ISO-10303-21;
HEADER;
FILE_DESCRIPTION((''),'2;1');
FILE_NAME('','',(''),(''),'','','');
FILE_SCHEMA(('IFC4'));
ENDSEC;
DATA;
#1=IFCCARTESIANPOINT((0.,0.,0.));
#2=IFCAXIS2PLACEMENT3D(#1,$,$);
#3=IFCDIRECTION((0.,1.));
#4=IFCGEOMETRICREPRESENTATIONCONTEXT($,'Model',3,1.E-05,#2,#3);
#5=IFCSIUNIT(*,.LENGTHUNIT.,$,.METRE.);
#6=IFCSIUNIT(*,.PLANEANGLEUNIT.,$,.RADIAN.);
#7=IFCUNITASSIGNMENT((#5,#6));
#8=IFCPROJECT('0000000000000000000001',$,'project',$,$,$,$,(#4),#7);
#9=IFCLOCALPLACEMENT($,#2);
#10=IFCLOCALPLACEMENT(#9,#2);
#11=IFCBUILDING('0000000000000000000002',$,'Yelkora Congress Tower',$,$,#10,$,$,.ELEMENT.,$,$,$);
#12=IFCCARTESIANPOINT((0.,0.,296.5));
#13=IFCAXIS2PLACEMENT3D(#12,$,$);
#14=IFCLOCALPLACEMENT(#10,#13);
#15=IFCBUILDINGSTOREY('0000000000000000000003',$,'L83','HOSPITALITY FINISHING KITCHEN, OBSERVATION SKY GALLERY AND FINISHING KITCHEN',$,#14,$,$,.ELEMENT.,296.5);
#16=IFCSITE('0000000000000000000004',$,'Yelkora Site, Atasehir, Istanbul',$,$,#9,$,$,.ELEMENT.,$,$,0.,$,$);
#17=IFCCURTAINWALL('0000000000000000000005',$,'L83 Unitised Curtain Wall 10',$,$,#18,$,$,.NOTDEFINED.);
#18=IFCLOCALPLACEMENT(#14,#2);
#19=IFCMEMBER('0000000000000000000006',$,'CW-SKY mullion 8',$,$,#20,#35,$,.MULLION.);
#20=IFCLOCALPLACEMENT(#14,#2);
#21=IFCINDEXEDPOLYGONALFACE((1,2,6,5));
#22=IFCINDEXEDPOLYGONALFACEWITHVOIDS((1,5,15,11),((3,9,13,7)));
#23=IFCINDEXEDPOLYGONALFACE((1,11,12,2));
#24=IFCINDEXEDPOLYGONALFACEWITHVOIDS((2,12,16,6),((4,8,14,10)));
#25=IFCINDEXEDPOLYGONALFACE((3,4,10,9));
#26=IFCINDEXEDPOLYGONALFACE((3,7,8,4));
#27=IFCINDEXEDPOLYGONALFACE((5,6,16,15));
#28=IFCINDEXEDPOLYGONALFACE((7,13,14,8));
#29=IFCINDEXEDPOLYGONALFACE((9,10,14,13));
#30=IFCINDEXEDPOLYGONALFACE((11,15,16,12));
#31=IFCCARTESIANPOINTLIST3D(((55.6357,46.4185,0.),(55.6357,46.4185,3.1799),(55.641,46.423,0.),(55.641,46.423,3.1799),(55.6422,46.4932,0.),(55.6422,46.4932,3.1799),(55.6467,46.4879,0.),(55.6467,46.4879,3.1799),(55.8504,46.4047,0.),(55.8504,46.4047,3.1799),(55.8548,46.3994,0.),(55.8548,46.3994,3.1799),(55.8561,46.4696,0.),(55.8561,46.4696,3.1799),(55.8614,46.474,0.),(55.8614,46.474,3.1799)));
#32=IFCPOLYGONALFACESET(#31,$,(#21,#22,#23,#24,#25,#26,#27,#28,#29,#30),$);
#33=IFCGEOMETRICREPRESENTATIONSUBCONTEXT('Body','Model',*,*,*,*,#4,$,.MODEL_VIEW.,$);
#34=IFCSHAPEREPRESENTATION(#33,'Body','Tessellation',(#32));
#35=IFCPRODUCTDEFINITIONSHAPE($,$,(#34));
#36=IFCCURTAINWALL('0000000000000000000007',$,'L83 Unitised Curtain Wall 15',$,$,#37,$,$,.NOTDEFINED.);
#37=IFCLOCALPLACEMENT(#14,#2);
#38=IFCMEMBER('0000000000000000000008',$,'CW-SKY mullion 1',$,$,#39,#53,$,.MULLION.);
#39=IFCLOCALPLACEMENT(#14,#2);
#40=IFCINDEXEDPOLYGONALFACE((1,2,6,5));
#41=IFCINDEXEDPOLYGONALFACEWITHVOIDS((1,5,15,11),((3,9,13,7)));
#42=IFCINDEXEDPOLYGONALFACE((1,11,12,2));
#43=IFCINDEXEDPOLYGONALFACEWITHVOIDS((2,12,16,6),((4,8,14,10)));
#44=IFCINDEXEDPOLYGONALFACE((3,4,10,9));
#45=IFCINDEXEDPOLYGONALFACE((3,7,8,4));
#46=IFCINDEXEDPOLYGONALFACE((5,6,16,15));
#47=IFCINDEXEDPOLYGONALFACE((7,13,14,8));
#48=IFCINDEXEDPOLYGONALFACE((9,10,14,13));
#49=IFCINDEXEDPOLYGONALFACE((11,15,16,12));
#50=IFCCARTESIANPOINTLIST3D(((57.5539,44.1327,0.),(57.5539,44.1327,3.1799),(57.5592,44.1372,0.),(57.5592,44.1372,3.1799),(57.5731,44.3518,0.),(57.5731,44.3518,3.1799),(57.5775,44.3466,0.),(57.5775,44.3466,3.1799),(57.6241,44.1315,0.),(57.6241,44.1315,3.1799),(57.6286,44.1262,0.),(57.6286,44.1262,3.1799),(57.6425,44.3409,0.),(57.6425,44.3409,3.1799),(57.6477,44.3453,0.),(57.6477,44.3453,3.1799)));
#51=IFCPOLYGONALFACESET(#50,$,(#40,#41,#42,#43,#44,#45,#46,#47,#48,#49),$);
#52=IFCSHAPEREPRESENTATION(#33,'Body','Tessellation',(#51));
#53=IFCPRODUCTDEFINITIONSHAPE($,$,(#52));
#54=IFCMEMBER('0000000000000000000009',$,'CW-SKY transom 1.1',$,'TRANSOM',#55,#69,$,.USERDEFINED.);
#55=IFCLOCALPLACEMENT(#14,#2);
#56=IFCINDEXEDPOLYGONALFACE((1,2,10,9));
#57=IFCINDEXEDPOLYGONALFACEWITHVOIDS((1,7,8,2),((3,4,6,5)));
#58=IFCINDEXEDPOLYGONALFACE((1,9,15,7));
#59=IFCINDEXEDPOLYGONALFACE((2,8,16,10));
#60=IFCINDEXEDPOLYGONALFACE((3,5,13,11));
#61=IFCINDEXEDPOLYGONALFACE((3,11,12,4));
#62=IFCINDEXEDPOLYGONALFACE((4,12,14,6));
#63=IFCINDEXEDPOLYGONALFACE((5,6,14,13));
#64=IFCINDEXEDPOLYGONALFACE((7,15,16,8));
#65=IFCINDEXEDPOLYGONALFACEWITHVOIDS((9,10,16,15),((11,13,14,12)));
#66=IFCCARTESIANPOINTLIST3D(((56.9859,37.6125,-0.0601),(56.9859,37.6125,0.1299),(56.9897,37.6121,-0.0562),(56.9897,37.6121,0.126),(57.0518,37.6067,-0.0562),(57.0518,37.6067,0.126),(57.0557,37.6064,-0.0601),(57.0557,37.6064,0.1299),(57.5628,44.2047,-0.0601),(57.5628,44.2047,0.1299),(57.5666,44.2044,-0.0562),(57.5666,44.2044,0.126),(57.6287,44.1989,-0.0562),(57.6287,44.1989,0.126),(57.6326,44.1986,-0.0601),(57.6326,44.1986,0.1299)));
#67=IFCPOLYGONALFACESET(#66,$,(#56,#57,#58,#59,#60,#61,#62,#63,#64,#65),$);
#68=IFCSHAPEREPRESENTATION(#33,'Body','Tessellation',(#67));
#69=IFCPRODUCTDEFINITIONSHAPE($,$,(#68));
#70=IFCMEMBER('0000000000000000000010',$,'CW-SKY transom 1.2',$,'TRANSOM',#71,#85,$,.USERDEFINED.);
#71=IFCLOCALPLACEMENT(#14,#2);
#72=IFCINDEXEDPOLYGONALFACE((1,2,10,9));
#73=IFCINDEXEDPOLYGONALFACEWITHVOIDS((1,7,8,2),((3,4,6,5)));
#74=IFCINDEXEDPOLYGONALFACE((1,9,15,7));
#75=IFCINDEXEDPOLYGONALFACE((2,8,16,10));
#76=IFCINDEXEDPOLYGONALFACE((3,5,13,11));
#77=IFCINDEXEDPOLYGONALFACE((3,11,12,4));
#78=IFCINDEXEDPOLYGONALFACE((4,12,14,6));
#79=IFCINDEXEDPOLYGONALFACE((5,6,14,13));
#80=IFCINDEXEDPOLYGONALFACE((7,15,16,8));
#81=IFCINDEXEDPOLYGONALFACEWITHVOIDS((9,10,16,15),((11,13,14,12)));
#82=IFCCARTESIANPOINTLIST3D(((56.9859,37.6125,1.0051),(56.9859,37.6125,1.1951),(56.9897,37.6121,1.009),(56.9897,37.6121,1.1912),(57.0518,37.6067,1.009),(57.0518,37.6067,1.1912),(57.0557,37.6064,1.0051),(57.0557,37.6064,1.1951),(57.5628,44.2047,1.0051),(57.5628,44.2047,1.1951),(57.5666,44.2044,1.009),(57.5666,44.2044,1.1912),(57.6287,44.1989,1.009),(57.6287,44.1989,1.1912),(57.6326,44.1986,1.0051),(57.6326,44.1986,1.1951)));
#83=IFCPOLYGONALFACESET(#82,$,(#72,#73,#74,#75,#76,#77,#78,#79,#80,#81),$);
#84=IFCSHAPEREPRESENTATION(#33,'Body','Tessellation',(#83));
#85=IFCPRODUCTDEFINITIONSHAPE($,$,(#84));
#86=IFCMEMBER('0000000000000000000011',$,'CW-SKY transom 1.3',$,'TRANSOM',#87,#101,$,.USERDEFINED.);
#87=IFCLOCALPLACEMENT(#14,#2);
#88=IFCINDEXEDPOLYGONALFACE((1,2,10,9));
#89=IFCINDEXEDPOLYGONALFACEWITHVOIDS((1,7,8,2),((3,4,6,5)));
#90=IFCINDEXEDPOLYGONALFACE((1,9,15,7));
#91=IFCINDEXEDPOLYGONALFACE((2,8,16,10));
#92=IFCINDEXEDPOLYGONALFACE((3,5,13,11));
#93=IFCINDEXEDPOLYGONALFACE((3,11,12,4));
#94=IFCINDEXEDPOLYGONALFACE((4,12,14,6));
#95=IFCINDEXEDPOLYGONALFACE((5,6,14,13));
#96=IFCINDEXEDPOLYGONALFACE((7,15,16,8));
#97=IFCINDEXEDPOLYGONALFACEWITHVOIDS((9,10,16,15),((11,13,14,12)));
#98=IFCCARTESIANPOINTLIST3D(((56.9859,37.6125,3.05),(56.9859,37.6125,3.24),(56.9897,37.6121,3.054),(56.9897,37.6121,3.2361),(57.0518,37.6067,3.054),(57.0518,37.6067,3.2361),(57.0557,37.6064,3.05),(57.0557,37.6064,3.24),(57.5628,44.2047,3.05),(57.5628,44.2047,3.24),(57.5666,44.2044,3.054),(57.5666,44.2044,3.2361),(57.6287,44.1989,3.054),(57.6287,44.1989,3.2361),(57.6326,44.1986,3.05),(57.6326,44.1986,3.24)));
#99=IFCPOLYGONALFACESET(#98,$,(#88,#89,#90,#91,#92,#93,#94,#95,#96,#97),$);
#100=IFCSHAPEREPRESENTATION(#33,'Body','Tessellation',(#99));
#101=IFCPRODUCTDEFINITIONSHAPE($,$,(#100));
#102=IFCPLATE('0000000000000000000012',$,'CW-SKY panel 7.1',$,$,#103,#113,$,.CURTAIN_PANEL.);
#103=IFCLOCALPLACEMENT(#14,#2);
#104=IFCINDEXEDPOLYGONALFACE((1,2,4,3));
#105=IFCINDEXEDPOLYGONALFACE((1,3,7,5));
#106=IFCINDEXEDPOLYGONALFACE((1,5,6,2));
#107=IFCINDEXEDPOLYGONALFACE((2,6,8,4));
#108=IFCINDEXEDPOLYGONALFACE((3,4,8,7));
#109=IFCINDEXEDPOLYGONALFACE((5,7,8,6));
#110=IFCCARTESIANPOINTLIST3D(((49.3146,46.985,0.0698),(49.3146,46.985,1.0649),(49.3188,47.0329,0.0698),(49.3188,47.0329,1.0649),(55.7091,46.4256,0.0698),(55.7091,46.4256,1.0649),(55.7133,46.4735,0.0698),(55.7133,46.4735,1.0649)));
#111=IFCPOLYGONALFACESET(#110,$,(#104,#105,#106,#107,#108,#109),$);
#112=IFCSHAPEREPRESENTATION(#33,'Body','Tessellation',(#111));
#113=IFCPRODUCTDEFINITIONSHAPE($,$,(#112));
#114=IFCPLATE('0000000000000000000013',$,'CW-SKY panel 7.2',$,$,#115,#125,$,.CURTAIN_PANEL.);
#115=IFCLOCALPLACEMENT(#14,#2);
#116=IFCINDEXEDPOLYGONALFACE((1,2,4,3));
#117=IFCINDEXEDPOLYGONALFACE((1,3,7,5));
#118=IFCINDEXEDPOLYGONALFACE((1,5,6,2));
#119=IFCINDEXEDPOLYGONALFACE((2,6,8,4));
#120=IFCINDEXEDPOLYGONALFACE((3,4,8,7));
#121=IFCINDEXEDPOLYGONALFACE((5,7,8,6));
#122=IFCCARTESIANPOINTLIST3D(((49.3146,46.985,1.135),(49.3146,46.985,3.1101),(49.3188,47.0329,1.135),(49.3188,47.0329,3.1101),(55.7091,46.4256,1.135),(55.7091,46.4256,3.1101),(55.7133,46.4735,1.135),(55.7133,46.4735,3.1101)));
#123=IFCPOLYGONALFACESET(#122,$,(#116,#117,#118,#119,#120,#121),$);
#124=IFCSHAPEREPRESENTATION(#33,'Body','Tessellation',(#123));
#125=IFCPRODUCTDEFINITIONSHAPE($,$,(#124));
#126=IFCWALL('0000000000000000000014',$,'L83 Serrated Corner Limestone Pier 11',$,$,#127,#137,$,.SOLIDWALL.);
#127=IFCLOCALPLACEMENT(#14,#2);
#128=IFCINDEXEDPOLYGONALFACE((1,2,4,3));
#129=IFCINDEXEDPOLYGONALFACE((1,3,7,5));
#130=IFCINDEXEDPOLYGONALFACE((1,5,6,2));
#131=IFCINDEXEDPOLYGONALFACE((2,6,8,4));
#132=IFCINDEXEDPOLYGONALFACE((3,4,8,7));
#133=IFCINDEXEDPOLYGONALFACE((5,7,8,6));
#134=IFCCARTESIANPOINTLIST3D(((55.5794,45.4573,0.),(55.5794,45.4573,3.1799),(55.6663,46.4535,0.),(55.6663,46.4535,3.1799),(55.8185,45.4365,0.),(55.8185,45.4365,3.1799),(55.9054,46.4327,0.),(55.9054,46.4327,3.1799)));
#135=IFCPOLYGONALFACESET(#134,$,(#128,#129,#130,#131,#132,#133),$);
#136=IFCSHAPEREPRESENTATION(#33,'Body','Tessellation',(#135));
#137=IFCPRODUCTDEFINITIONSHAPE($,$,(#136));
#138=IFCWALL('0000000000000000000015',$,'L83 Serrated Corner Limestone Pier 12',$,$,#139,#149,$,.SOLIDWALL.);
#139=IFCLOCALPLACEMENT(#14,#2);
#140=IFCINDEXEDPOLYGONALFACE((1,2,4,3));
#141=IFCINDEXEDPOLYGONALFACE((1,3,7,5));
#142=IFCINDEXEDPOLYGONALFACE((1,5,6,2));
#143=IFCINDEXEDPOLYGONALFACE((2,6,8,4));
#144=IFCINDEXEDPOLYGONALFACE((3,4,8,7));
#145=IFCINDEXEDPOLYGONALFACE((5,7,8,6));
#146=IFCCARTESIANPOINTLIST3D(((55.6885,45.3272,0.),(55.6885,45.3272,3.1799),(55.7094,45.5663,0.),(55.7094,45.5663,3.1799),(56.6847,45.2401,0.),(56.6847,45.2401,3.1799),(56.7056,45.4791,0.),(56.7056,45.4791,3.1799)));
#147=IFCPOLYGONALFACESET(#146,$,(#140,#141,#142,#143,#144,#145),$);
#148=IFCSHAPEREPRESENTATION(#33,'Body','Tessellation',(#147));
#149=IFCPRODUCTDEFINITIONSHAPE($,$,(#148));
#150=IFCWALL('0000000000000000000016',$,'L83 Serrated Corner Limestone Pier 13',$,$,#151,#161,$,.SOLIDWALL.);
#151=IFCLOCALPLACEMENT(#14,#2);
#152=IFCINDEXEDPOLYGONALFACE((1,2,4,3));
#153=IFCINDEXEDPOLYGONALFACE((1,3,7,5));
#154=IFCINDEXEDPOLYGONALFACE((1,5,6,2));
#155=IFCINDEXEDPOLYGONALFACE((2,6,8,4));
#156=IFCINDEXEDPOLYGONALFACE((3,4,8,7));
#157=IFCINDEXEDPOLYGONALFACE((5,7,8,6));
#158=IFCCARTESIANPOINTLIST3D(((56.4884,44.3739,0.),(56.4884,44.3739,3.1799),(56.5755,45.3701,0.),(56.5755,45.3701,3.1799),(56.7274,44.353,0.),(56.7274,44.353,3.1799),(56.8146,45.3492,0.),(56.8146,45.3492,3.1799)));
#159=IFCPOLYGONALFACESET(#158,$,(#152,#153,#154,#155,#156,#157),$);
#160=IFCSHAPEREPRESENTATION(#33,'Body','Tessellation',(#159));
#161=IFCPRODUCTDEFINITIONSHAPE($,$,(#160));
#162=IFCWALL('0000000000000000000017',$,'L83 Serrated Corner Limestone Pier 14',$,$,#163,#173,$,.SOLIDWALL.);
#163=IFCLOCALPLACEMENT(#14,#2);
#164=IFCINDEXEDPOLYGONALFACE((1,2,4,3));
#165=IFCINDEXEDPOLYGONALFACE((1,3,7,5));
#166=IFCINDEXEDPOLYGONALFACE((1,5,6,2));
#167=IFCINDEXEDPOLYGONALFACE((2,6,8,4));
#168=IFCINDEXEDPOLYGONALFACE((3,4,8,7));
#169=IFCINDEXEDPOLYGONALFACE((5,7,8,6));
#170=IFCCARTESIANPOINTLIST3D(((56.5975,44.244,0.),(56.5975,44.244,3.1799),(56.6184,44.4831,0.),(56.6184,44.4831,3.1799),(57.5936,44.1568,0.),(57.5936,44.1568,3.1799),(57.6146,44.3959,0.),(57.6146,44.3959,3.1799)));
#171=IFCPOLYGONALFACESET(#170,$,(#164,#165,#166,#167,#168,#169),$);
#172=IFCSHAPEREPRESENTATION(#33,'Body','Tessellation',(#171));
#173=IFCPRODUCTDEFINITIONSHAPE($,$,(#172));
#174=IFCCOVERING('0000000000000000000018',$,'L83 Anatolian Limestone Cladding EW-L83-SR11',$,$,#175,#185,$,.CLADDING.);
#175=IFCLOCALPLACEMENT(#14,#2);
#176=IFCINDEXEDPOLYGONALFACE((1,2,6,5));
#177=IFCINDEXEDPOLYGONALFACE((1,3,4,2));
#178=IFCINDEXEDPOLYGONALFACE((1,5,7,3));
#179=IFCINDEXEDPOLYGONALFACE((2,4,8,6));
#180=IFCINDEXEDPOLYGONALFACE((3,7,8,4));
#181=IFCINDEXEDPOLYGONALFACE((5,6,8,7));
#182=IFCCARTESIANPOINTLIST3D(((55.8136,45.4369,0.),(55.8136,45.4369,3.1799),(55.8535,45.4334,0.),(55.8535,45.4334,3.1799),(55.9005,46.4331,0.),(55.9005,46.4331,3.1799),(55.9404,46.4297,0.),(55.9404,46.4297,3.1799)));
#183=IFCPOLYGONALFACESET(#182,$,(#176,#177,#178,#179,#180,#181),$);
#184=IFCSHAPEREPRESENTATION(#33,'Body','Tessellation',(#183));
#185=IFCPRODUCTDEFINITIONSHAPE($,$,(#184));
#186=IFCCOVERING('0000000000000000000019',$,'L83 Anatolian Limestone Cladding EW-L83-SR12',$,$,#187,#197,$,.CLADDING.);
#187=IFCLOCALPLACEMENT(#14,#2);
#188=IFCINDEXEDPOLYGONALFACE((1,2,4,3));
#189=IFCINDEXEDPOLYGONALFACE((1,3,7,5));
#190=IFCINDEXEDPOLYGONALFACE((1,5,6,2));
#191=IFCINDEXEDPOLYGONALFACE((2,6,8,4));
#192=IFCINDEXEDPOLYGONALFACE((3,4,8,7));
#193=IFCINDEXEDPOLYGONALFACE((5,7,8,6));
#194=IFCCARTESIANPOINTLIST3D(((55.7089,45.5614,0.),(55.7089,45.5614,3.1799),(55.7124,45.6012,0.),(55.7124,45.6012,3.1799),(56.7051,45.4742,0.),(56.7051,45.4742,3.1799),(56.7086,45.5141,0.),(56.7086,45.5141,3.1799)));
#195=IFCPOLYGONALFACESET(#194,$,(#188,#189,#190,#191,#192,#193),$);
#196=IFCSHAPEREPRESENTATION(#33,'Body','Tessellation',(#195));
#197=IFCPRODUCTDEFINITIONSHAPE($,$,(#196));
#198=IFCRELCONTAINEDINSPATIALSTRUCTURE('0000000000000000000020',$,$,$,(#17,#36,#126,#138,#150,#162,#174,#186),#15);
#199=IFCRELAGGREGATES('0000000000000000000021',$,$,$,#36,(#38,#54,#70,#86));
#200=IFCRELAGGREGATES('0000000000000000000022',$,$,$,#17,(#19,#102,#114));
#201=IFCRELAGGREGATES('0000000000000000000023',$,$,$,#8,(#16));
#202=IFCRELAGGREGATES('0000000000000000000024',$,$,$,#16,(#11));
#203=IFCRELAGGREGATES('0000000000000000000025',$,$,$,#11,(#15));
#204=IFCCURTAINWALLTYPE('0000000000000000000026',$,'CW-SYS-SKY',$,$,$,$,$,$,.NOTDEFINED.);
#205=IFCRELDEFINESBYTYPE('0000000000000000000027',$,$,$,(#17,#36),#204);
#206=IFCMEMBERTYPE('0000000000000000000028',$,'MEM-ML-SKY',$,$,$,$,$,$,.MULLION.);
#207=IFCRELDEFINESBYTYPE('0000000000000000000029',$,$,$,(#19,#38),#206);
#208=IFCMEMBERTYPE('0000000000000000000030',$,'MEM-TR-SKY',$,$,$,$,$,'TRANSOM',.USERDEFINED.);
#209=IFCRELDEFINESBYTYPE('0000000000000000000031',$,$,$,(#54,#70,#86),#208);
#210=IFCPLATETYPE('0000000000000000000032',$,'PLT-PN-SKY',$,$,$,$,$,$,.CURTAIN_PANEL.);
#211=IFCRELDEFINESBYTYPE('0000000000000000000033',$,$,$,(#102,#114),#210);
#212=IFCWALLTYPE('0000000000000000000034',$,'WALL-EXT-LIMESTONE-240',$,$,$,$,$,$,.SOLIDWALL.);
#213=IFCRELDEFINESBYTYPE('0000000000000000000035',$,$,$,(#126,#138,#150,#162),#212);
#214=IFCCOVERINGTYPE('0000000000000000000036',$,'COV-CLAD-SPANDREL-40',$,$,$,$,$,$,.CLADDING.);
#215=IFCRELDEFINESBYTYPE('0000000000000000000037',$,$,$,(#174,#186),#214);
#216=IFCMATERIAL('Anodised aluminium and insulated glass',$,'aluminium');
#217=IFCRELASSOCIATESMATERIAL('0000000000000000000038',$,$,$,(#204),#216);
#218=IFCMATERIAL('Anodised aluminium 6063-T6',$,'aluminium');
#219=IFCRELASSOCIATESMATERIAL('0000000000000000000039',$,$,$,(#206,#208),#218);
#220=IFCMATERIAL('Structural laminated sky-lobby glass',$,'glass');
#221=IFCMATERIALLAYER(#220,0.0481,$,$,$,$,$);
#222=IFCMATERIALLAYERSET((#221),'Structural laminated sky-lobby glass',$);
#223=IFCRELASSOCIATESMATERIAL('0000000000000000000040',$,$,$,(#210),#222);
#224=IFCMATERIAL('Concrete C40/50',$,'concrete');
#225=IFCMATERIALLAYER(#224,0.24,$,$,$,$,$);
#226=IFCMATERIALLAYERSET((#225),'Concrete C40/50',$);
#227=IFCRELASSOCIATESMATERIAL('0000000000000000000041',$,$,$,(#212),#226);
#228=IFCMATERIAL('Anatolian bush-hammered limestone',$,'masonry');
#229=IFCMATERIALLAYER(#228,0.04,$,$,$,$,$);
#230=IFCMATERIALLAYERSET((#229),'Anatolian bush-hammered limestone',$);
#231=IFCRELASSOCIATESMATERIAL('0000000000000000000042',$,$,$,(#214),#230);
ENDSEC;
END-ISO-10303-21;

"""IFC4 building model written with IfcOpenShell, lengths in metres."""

from ifc_helpers import new_model, si_unit, direction, frame, frame_2d, origin, origin_2d, place, context, subcontext, project, spatial, rectangle, hollow_rectangle, extrude, material, layer, layer_set, material_profile, profile_set, type_object, element, aggregate, save


model = new_model("IFC4")

# Units and contexts
model_context = context("Model", 3, precision=1e-05, world=origin(), true_north=direction((0.0, 1.0)))
body_context = subcontext(model_context, "Body", "Model", "MODEL_VIEW")
ifc_project = project(units=[si_unit("LENGTHUNIT", "METRE"), si_unit("PLANEANGLEUNIT", "RADIAN")], contexts=[model_context])

# Site, building, storey
site_placement = place(None, origin())
site = spatial("IfcSite", under=ifc_project, at=site_placement, Name="Yelkora Site, Atasehir, Istanbul", CompositionType="ELEMENT", RefElevation=0.0)
building_placement = place(site_placement, origin())
building = spatial("IfcBuilding", under=site, at=building_placement, Name="Yelkora Congress Tower", CompositionType="ELEMENT")
storey_placement = place(building_placement, frame((0.0, 0.0, 296.5)))
storey = spatial("IfcBuildingStorey", under=building, at=storey_placement, Name="L83", Description="HOSPITALITY FINISHING KITCHEN, OBSERVATION SKY GALLERY AND FINISHING KITCHEN", CompositionType="ELEMENT", Elevation=296.5)

# Curtain wall, member
ifc_material_1 = material(Name="Anodised aluminium and insulated glass", Category="aluminium")
curtain_wall_type = type_object("IfcCurtainWallType", Name="CW-SYS-SKY", PredefinedType="NOTDEFINED", material=ifc_material_1)
curtain_wall_1_placement = place(storey_placement, origin())
curtain_wall_1 = element("IfcCurtainWall", 1, at=curtain_wall_1_placement, inside=storey, type_object=curtain_wall_type, Name="L83 Unitised Curtain Wall 10", PredefinedType="NOTDEFINED")
ifc_material_2 = material(Name="Anodised aluminium 6063-T6", Category="aluminium")
ifc_material_profile_1 = material_profile(ifc_material_2, hollow_rectangle(XDim=0.075, YDim=0.22, WallThickness=0.0049, at=origin_2d()), Name="ALU 75x220x5")
ifc_profile_set_1 = profile_set([ifc_material_profile_1], Name="Anodised aluminium 6063-T6")
member_type_1 = type_object("IfcMemberType", Name="MEM-ML-SKY", PredefinedType="MULLION", material=ifc_profile_set_1)
member_1_placement = place(storey_placement, frame((55.7485, 46.4463, 0.0), z_axis=(0.0, 0.0, 1.0), x_axis=(0.087157, 0.996195, 0.0)))
member_1 = element("IfcMember", 2, at=member_1_placement, type_object=member_type_1, Name="CW-SKY mullion 8", PredefinedType="MULLION", context=body_context, shape_type="SweptSolid", body=[
    extrude(hollow_rectangle(XDim=0.075, YDim=0.22, WallThickness=0.0049, at=origin_2d()), origin(), (0.0, 0.0, 1.0), 3.1799),
])

# Curtain wall, members
curtain_wall_2_placement = place(storey_placement, origin())
curtain_wall_2 = element("IfcCurtainWall", 3, at=curtain_wall_2_placement, inside=storey, type_object=curtain_wall_type, Name="L83 Unitised Curtain Wall 15", PredefinedType="NOTDEFINED")
member_2_placement = place(storey_placement, frame((57.6008, 44.239, 0.0), z_axis=(0.0, 0.0, 1.0), x_axis=(0.996194, -0.087158, 0.0)))
member_2 = element("IfcMember", 4, at=member_2_placement, type_object=member_type_1, Name="CW-SKY mullion 1", PredefinedType="MULLION", context=body_context, shape_type="SweptSolid", body=[
    extrude(hollow_rectangle(XDim=0.075, YDim=0.22, WallThickness=0.0049, at=origin_2d()), origin(), (0.0, 0.0, 1.0), 3.1799),
])
ifc_material_profile_2 = material_profile(ifc_material_2, hollow_rectangle(XDim=0.0701, YDim=0.1899, WallThickness=0.0039, at=origin_2d()), Name="ALU 70x190x4")
ifc_profile_set_2 = profile_set([ifc_material_profile_2], Name="Anodised aluminium 6063-T6")
member_type_2 = type_object("IfcMemberType", Name="MEM-TR-SKY", ElementType="TRANSOM", PredefinedType="USERDEFINED", material=ifc_profile_set_2)
member_3_placement = place(storey_placement, frame((57.5977, 44.2017, 0.0349), z_axis=(-0.087179, -0.996193, 0.0), x_axis=(0.996193, -0.087179, 0.0)))
member_3 = element("IfcMember", 5, at=member_3_placement, type_object=member_type_2, Name="CW-SKY transom 1.1", ObjectType="TRANSOM", PredefinedType="USERDEFINED", context=body_context, shape_type="SweptSolid", body=[
    extrude(hollow_rectangle(XDim=0.0701, YDim=0.1899, WallThickness=0.0039, at=origin_2d()), origin(), (0.0, 0.0, 1.0), 6.6174),
])
member_4_placement = place(storey_placement, frame((57.5977, 44.2017, 1.1001), z_axis=(-0.087179, -0.996193, 0.0), x_axis=(0.996193, -0.087179, 0.0)))
member_4 = element("IfcMember", 6, at=member_4_placement, type_object=member_type_2, Name="CW-SKY transom 1.2", ObjectType="TRANSOM", PredefinedType="USERDEFINED", context=body_context, shape_type="SweptSolid", body=[
    extrude(hollow_rectangle(XDim=0.0701, YDim=0.1899, WallThickness=0.0039, at=origin_2d()), origin(), (0.0, 0.0, 1.0), 6.6174),
])
member_5_placement = place(storey_placement, frame((57.5977, 44.2017, 3.145), z_axis=(-0.087179, -0.996193, 0.0), x_axis=(0.996193, -0.087179, 0.0)))
member_5 = element("IfcMember", 7, at=member_5_placement, type_object=member_type_2, Name="CW-SKY transom 1.3", ObjectType="TRANSOM", PredefinedType="USERDEFINED", context=body_context, shape_type="SweptSolid", body=[
    extrude(hollow_rectangle(XDim=0.0701, YDim=0.1899, WallThickness=0.0039, at=origin_2d()), origin(), (0.0, 0.0, 1.0), 6.6174),
])
aggregate(curtain_wall_2, [member_2, member_3, member_4, member_5])

# Plates
ifc_material_3 = material(Name="Structural laminated sky-lobby glass", Category="glass")
ifc_layer_1 = layer(ifc_material_3, 0.0481)
ifc_layer_set_1 = layer_set([ifc_layer_1], Name="Structural laminated sky-lobby glass")
plate_type = type_object("IfcPlateType", Name="PLT-PN-SKY", PredefinedType="CURTAIN_PANEL", material=ifc_layer_set_1)
plate_1_placement = place(storey_placement, frame((52.5139, 46.7292, 0.0698), z_axis=(0.0, 0.0, 1.0), x_axis=(0.996195, -0.087157, 0.0)))
plate_1 = element("IfcPlate", 8, at=plate_1_placement, type_object=plate_type, Name="CW-SKY panel 7.1", PredefinedType="CURTAIN_PANEL", context=body_context, shape_type="SweptSolid", body=[
    extrude(rectangle(XDim=6.4189, YDim=0.0481, at=origin_2d()), origin(), (0.0, 0.0, 1.0), 0.9951),
])
plate_2_placement = place(storey_placement, frame((52.5139, 46.7292, 1.135), z_axis=(0.0, 0.0, 1.0), x_axis=(0.996195, -0.087157, 0.0)))
plate_2 = element("IfcPlate", 9, at=plate_2_placement, type_object=plate_type, Name="CW-SKY panel 7.2", PredefinedType="CURTAIN_PANEL", context=body_context, shape_type="SweptSolid", body=[
    extrude(rectangle(XDim=6.4189, YDim=0.0481, at=origin_2d()), origin(), (0.0, 0.0, 1.0), 1.9751),
])
aggregate(curtain_wall_1, [member_1, plate_1, plate_2])

# Walls
ifc_material_4 = material(Name="Concrete C40/50", Category="concrete")
ifc_layer_2 = layer(ifc_material_4, 0.24)
ifc_layer_set_2 = layer_set([ifc_layer_2], Name="Concrete C40/50")
wall_type = type_object("IfcWallType", Name="WALL-EXT-LIMESTONE-240", PredefinedType="SOLIDWALL", material=ifc_layer_set_2)
for number, where, z_axis, x_axis, name in (
    (10, (55.7859, 46.4431, 0.0), (0.0, 0.0, 1.0), (-0.086903, -0.996217, 0.0), "L83 Serrated Corner Limestone Pier 11"),
    (11, (55.699, 45.4468, 0.0), (0.0, 0.0, 1.0), (0.996194, -0.087167, 0.0), "L83 Serrated Corner Limestone Pier 12"),
    (12, (56.6951, 45.3596, 0.0), (0.0, 0.0, 1.0), (-0.087167, -0.996194, 0.0), "L83 Serrated Corner Limestone Pier 13"),
    (13, (56.6079, 44.3635, 0.0), (0.0, 0.0, 1.0), (0.996194, -0.087167, 0.0), "L83 Serrated Corner Limestone Pier 14"),
):
    element("IfcWall", number, at=place(storey_placement, frame(where, z_axis=z_axis, x_axis=x_axis)), inside=storey, type_object=wall_type, Name=name, PredefinedType="SOLIDWALL", context=body_context, shape_type="SweptSolid", body=[
        extrude(rectangle(XDim=1.0, YDim=0.24, at=frame_2d((0.5, 0.0))), origin(), (0.0, 0.0, 1.0), 3.1799),
    ])

# Coverings
ifc_material_5 = material(Name="Anatolian bush-hammered limestone", Category="masonry")
ifc_layer_3 = layer(ifc_material_5, 0.04)
ifc_layer_set_3 = layer_set([ifc_layer_3], Name="Anatolian bush-hammered limestone")
covering_type = type_object("IfcCoveringType", Name="COV-CLAD-SPANDREL-40", PredefinedType="CLADDING", material=ifc_layer_set_3)
for number, where, z_axis, x_axis, name in (
    (14, (55.9204, 46.4314, 0.0), (0.0, 0.0, 1.0), (-0.086903, -0.996217, 0.0), "L83 Anatolian Limestone Cladding EW-L83-SR11"),
    (15, (55.7107, 45.5813, 0.0), (0.0, 0.0, 1.0), (0.996194, -0.087167, 0.0), "L83 Anatolian Limestone Cladding EW-L83-SR12"),
):
    element("IfcCovering", number, at=place(storey_placement, frame(where, z_axis=z_axis, x_axis=x_axis)), inside=storey, type_object=covering_type, Name=name, PredefinedType="CLADDING", context=body_context, shape_type="SweptSolid", body=[
        extrude(rectangle(XDim=1.0, YDim=0.04, at=frame_2d((0.5, 0.0))), origin(), (0.0, 0.0, 1.0), 3.1799),
    ])

save(model, "model.ifc")
